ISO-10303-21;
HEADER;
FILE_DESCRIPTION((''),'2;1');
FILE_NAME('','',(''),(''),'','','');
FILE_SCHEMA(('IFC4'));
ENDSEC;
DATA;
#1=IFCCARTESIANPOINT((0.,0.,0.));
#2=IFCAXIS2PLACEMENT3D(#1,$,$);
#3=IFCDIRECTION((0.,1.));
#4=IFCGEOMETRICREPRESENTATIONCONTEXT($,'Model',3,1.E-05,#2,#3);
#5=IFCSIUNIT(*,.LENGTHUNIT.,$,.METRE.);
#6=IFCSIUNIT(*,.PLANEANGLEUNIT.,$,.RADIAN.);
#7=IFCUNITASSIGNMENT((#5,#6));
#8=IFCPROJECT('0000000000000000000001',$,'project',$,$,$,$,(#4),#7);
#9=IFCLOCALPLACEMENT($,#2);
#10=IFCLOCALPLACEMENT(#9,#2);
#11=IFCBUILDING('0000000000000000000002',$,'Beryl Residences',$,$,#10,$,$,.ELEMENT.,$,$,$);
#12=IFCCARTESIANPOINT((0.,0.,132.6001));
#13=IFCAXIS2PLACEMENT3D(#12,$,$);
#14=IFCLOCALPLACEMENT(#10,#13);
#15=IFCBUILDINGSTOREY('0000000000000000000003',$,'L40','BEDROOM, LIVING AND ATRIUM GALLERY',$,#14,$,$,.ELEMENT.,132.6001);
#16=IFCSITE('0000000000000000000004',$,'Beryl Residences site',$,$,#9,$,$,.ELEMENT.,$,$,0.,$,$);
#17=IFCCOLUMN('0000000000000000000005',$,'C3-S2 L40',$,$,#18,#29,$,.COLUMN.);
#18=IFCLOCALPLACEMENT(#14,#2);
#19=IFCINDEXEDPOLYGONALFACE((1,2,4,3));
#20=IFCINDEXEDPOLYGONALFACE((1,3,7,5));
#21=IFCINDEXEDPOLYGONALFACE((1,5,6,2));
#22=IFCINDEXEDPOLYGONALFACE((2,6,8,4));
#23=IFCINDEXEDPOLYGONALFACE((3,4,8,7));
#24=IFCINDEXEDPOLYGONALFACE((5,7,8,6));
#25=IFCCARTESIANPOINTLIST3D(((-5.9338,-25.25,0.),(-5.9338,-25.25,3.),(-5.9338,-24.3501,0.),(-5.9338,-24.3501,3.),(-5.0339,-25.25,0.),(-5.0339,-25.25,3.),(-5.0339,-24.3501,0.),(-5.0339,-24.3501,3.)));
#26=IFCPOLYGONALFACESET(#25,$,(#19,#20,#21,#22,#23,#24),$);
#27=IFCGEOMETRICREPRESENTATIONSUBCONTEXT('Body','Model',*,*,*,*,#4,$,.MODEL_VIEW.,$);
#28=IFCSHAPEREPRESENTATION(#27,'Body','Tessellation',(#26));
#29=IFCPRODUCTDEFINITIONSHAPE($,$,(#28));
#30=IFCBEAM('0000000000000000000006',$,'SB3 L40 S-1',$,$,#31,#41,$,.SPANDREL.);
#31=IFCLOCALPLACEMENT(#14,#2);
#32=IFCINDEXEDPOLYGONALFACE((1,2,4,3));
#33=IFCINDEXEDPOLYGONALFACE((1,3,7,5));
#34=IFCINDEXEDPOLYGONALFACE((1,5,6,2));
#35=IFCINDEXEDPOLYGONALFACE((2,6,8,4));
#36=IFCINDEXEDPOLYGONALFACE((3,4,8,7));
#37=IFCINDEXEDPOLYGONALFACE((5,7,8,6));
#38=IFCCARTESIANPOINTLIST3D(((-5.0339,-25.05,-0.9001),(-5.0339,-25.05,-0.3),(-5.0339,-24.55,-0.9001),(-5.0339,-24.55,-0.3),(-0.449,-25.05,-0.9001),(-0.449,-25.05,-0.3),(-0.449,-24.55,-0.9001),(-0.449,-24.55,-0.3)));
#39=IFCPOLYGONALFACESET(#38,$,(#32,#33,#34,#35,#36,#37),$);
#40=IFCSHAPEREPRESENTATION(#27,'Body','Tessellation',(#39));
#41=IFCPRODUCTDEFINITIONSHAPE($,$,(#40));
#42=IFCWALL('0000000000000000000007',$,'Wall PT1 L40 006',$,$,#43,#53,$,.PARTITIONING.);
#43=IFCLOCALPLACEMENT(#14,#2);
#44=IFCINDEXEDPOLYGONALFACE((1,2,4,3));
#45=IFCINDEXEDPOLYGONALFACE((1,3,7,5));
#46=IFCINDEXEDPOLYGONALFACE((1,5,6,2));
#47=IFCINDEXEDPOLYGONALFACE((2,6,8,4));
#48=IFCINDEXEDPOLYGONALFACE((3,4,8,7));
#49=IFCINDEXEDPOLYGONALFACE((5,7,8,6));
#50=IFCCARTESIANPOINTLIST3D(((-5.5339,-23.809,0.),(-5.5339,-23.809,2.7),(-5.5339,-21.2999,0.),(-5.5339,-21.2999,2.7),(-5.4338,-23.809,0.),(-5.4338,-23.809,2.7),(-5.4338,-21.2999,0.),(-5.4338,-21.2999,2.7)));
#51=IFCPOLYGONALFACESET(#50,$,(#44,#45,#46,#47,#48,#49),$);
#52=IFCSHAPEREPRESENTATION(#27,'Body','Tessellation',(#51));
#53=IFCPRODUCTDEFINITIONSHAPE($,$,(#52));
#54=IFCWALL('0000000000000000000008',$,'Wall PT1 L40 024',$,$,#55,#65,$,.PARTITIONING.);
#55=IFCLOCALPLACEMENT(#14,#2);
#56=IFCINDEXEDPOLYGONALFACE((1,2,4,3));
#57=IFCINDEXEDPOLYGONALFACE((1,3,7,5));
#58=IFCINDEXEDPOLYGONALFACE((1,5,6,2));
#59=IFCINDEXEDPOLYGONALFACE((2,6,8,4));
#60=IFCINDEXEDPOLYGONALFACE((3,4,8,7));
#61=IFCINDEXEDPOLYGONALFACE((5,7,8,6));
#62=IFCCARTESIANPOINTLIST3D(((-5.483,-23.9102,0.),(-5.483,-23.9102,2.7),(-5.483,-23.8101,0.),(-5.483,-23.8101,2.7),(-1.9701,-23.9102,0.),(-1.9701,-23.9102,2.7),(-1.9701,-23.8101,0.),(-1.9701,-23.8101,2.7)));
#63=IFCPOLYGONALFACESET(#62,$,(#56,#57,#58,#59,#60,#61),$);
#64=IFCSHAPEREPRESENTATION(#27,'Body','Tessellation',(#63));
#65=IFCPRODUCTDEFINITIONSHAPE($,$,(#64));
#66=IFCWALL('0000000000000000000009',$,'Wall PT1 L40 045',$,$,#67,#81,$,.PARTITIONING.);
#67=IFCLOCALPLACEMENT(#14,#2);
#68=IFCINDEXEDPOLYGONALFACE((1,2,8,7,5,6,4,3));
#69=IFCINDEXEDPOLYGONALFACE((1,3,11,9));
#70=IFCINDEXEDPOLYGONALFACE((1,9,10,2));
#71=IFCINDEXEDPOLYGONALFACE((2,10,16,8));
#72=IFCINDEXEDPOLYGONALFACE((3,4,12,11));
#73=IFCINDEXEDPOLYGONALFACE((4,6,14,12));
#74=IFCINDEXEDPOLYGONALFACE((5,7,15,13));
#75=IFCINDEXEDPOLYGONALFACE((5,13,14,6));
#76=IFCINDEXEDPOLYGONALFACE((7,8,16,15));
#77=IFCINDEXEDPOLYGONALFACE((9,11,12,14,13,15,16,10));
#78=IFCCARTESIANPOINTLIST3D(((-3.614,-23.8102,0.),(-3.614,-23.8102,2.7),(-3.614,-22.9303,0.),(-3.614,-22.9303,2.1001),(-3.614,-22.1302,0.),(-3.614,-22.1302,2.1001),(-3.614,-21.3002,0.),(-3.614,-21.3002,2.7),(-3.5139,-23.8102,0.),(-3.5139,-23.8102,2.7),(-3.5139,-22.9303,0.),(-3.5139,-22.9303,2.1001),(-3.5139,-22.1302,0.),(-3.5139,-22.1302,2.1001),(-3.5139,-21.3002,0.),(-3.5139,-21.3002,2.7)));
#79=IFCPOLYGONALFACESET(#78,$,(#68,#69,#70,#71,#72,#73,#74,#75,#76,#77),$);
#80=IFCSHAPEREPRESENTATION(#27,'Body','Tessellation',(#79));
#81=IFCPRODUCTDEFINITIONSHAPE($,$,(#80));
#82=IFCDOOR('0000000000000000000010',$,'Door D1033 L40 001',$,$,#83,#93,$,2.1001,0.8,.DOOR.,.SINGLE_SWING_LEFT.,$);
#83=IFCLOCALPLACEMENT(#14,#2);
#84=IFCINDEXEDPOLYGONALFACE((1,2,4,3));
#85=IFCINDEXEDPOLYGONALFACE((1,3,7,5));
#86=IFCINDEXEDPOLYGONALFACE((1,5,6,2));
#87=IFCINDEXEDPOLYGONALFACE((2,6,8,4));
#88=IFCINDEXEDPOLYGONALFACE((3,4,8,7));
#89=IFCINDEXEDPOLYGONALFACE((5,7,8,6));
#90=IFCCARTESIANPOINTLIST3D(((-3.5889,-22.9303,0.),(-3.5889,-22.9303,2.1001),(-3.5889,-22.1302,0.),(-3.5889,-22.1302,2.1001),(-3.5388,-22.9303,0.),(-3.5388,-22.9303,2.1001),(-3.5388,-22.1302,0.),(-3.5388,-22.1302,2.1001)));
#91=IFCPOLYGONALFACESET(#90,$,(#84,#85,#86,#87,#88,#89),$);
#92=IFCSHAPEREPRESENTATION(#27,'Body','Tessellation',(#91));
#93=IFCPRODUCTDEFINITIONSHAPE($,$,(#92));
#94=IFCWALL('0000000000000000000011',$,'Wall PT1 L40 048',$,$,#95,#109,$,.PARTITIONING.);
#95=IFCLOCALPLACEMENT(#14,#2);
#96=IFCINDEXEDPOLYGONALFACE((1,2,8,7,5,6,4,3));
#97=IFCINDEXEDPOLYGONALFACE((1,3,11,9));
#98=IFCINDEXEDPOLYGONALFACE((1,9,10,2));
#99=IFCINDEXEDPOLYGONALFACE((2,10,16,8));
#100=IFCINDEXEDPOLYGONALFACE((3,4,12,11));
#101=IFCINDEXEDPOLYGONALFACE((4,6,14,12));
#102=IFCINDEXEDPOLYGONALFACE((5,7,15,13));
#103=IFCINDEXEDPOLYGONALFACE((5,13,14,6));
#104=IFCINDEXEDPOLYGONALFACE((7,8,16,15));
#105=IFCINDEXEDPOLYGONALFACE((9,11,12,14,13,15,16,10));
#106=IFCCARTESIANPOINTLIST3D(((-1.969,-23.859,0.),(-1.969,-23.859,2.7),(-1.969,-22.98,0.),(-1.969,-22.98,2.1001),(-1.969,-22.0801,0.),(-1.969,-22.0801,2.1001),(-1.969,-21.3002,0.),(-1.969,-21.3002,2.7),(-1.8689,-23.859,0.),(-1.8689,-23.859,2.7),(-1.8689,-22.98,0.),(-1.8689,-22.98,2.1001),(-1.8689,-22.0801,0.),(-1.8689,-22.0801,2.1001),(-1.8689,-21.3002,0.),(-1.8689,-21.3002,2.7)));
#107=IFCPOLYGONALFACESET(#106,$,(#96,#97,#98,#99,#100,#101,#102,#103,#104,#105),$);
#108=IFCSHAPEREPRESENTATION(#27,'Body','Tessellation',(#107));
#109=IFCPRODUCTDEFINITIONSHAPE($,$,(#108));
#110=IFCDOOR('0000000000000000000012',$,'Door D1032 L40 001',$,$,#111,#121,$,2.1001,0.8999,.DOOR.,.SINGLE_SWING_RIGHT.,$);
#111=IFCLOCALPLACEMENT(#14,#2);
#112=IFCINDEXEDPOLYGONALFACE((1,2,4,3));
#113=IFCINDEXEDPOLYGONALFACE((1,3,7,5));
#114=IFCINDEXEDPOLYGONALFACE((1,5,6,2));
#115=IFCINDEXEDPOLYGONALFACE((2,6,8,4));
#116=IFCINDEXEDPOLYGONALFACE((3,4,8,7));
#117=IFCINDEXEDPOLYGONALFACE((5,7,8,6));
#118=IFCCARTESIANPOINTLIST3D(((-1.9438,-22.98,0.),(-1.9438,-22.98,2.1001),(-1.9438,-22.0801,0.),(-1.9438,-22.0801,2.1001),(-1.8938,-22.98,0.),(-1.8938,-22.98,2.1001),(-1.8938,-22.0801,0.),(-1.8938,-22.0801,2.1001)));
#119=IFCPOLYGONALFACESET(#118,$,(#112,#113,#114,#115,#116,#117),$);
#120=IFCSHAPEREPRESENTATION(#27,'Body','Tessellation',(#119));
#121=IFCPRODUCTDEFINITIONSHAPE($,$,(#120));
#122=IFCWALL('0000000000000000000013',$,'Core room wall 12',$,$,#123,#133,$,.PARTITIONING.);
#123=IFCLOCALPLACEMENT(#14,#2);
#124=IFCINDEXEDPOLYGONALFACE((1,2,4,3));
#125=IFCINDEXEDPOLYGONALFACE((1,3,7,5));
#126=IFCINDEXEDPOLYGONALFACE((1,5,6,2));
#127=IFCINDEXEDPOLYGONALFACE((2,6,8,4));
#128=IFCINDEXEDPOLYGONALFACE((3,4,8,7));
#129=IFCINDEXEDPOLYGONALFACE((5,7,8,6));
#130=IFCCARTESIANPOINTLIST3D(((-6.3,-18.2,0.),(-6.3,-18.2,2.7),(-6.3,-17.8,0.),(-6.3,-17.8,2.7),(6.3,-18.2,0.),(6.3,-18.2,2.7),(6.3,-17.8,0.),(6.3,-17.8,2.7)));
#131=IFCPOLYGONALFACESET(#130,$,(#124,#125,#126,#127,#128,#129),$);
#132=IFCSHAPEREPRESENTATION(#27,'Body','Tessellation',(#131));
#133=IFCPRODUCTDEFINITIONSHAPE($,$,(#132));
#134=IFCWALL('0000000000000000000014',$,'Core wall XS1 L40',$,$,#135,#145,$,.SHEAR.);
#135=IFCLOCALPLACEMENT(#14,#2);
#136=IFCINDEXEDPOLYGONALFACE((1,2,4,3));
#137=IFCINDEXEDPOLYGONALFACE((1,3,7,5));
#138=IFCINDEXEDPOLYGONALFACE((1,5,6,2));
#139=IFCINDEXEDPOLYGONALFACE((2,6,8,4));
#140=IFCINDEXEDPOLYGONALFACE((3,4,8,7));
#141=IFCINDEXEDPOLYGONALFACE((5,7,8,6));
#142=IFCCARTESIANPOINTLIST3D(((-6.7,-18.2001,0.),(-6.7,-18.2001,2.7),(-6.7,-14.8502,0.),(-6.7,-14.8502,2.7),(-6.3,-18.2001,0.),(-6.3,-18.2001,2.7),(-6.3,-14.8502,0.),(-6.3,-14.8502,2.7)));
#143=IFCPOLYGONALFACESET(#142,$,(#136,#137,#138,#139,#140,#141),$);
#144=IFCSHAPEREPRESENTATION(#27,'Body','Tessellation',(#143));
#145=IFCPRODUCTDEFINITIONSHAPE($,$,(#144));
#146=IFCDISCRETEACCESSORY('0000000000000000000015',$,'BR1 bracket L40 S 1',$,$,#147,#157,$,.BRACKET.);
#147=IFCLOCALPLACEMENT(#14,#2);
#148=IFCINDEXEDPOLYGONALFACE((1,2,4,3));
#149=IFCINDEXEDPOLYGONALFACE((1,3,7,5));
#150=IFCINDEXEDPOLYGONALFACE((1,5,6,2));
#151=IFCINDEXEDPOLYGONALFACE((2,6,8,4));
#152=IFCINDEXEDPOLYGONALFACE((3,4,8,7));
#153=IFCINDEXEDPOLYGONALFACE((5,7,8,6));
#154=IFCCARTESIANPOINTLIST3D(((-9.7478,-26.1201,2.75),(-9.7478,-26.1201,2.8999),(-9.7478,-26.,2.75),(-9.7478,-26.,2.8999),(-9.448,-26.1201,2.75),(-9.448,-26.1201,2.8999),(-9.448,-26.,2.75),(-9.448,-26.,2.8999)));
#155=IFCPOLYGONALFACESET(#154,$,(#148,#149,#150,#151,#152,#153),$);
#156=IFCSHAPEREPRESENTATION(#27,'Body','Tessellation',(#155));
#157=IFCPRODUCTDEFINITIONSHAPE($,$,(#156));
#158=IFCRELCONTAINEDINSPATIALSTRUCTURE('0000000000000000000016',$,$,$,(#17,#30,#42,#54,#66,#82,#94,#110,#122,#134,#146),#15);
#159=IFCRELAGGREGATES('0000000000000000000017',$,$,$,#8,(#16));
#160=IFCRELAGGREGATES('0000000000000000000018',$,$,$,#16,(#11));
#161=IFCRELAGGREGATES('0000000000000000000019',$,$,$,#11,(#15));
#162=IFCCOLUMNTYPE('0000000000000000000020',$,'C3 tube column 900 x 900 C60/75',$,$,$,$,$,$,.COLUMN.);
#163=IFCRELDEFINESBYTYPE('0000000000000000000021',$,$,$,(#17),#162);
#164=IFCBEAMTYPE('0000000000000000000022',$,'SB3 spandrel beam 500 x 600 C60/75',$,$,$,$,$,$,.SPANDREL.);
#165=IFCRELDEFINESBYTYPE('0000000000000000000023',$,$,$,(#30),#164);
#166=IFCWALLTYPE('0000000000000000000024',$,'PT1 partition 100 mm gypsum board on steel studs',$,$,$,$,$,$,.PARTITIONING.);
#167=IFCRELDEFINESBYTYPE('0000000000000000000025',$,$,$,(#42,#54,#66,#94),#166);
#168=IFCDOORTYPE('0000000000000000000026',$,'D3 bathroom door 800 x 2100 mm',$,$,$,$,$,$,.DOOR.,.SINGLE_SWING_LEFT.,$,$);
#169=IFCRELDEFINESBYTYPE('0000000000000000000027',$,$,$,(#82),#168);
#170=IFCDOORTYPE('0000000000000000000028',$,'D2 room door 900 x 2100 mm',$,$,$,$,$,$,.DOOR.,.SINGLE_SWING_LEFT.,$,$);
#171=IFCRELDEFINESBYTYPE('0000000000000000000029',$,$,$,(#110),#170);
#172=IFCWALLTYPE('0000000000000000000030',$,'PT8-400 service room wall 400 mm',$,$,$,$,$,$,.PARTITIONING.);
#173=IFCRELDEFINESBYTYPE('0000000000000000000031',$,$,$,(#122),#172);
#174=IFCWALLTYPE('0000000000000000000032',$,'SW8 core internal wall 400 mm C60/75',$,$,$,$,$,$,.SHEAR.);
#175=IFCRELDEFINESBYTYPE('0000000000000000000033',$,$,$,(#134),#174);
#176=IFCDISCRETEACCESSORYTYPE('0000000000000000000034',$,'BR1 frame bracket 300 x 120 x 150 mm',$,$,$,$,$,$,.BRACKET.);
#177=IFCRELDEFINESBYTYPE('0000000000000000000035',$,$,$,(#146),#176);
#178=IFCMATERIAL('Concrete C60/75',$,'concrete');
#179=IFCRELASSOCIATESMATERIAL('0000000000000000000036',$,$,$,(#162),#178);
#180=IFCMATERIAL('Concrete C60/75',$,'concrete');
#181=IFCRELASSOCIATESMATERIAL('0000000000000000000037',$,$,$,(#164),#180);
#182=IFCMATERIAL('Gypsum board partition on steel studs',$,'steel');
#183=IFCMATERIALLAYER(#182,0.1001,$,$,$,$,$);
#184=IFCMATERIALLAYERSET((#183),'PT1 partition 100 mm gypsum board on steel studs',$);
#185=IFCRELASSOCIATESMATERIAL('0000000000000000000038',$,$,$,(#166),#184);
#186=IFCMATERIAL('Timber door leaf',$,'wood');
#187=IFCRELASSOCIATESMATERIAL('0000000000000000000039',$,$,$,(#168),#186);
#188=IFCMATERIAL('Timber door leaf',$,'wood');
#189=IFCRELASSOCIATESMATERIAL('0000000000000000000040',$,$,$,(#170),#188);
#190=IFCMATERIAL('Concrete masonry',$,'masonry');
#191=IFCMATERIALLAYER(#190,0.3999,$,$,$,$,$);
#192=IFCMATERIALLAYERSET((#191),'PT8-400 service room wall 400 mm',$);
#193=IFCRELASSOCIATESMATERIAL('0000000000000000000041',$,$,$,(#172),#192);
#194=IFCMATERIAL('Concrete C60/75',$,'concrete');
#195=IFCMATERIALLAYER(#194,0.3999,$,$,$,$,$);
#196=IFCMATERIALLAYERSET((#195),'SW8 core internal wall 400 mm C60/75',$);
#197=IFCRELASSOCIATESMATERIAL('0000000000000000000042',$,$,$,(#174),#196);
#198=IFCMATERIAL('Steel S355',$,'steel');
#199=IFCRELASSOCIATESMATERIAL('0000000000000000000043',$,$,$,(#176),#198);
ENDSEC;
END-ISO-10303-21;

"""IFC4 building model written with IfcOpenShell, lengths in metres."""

from ifc_helpers import new_model, si_unit, direction, frame, frame_2d, origin, origin_2d, place, context, subcontext, project, spatial, polyline, rectangle, outline, extrude, source, transform, mapped, material, layer, layer_set, material_profile, profile_set, type_object, type_shapes, element, fill, save


model = new_model("IFC4")

# Units and contexts
model_context = context("Model", 3, precision=1e-05, world=origin(), true_north=direction((0.0, 1.0)))
body_context = subcontext(model_context, "Body", "Model", "MODEL_VIEW")
ifc_project = project(units=[si_unit("LENGTHUNIT", "METRE"), si_unit("PLANEANGLEUNIT", "RADIAN")], contexts=[model_context])

# Site, building, storey
site_placement = place(None, origin())
site = spatial("IfcSite", under=ifc_project, at=site_placement, Name="Beryl Residences site", CompositionType="ELEMENT", RefElevation=0.0)
building_placement = place(site_placement, origin())
building = spatial("IfcBuilding", under=site, at=building_placement, Name="Beryl Residences", CompositionType="ELEMENT")
storey_placement = place(building_placement, frame((0.0, 0.0, 132.6001)))
storey = spatial("IfcBuildingStorey", under=building, at=storey_placement, Name="L40", Description="BEDROOM, LIVING AND ATRIUM GALLERY", CompositionType="ELEMENT", Elevation=132.6001)

# Column
ifc_material_1 = material(Name="Concrete C60/75", Category="concrete")
ifc_material_profile_1 = material_profile(ifc_material_1, rectangle(XDim=0.8999, YDim=0.8999, at=origin_2d()))
ifc_profile_set_1 = profile_set([ifc_material_profile_1], Name="Concrete C60/75")
column_type = type_object("IfcColumnType", Name="C3 tube column 900 x 900 C60/75", PredefinedType="COLUMN", material=ifc_profile_set_1)
column_placement = place(storey_placement, frame((-5.4839, -24.8, 0.0), z_axis=(0.0, 0.0, 1.0), x_axis=(1.0, 0.0, 0.0)))
element("IfcColumn", 1, at=column_placement, inside=storey, type_object=column_type, Name="C3-S2 L40", PredefinedType="COLUMN", context=body_context, shape_type="SweptSolid", body=[
    extrude(rectangle(XDim=0.8999, YDim=0.8999, at=origin_2d()), origin(), (0.0, 0.0, 1.0), 3.0),
])

# Beam
ifc_material_2 = material(Name="Concrete C60/75", Category="concrete")
ifc_material_profile_2 = material_profile(ifc_material_2, rectangle(XDim=0.5, YDim=0.6001, at=origin_2d()))
ifc_profile_set_2 = profile_set([ifc_material_profile_2], Name="Concrete C60/75")
beam_type = type_object("IfcBeamType", Name="SB3 spandrel beam 500 x 600 C60/75", PredefinedType="SPANDREL", material=ifc_profile_set_2)
beam_placement = place(storey_placement, frame((-5.0339, -24.8, -0.6001), z_axis=(1.0, 0.0, 0.0), x_axis=(0.0, 1.0, 0.0)))
element("IfcBeam", 2, at=beam_placement, inside=storey, type_object=beam_type, Name="SB3 L40 S-1", PredefinedType="SPANDREL", context=body_context, shape_type="SweptSolid", body=[
    extrude(rectangle(XDim=0.5, YDim=0.6001, at=origin_2d()), origin(), (0.0, 0.0, 1.0), 4.585),
])

# Walls
ifc_material_3 = material(Name="Gypsum board partition on steel studs", Category="steel")
ifc_layer_1 = layer(ifc_material_3, 0.1001)
ifc_layer_set_1 = layer_set([ifc_layer_1], Name="PT1 partition 100 mm gypsum board on steel studs")
wall_type_1 = type_object("IfcWallType", Name="PT1 partition 100 mm gypsum board on steel studs", PredefinedType="PARTITIONING", material=ifc_layer_set_1)
wall_1_placement = place(storey_placement, frame((-5.4839, -21.3, 0.0), z_axis=(0.0, 0.0, 1.0), x_axis=(0.0, -1.0, 0.0)))
element("IfcWall", 3, at=wall_1_placement, inside=storey, type_object=wall_type_1, Name="Wall PT1 L40 006", PredefinedType="PARTITIONING", context=body_context, shape_type="SweptSolid", body=[
    extrude(rectangle(XDim=2.509, YDim=0.1001, at=frame_2d((1.2544, 0.0))), origin(), (0.0, 0.0, 1.0), 2.7),
])
wall_2_placement = place(storey_placement, frame((-5.4829, -23.8601, 0.0), z_axis=(0.0, 0.0, 1.0), x_axis=(1.0, 0.0, 0.0)))
element("IfcWall", 4, at=wall_2_placement, inside=storey, type_object=wall_type_1, Name="Wall PT1 L40 024", PredefinedType="PARTITIONING", context=body_context, shape_type="SweptSolid", body=[
    extrude(rectangle(XDim=3.5129, YDim=0.1001, at=frame_2d((1.7563, 0.0))), origin(), (0.0, 0.0, 1.0), 2.7),
])

# Walls, openings, doors
wall_3_placement = place(storey_placement, frame((-3.564, -23.8101, 0.0), z_axis=(0.0, 0.0, 1.0), x_axis=(0.0, 1.0, 0.0)))
wall_3 = element("IfcWall", 5, at=wall_3_placement, inside=storey, type_object=wall_type_1, Name="Wall PT1 L40 045", PredefinedType="PARTITIONING", context=body_context, shape_type="SweptSolid", body=[
    extrude(rectangle(XDim=2.51, YDim=0.1001, at=frame_2d((1.2549, 0.0))), origin(), (0.0, 0.0, 1.0), 2.7),
])
opening_1_placement = place(wall_3_placement, frame((0.8799, 0.0, 0.0)))
opening_1 = element("IfcOpeningElement", 6, at=opening_1_placement, cuts=wall_3, PredefinedType="OPENING", context=body_context, shape_type="SweptSolid", body=[
    extrude(rectangle(XDim=0.8, YDim=2.1001, at=frame_2d((0.3999, 1.05))), frame((0.0, 0.0601, 0.0), z_axis=(0.0, -1.0, 0.0), x_axis=(1.0, 0.0, 0.0)), (0.0, 0.0, 1.0), 0.1201),
])
ifc_material_4 = material(Name="Timber door leaf", Category="wood")
door_type_1 = type_object("IfcDoorType", Name="D3 bathroom door 800 x 2100 mm", OperationType="SINGLE_SWING_LEFT", PredefinedType="DOOR", material=ifc_material_4)
door_1_placement = place(opening_1_placement, origin())
door_1 = element("IfcDoor", 7, at=door_1_placement, inside=storey, type_object=door_type_1, Name="Door D1033 L40 001", OperationType="SINGLE_SWING_LEFT", OverallHeight=2.1001, OverallWidth=0.8, PredefinedType="DOOR", context=body_context, shape_type="SweptSolid", body=[
    extrude(rectangle(XDim=0.8, YDim=2.1001, at=frame_2d((0.3999, 1.05))), frame((0.0, 0.0249, 0.0), z_axis=(0.0, -1.0, 0.0), x_axis=(1.0, 0.0, 0.0)), (0.0, 0.0, 1.0), 0.05),
])
fill(opening_1, door_1)
wall_4_placement = place(storey_placement, frame((-1.9189, -23.8589, 0.0), z_axis=(0.0, 0.0, 1.0), x_axis=(0.0, 1.0, 0.0)))
wall_4 = element("IfcWall", 8, at=wall_4_placement, inside=storey, type_object=wall_type_1, Name="Wall PT1 L40 048", PredefinedType="PARTITIONING", context=body_context, shape_type="SweptSolid", body=[
    extrude(rectangle(XDim=2.5588, YDim=0.1001, at=frame_2d((1.2793, 0.0))), origin(), (0.0, 0.0, 1.0), 2.7),
])
opening_2_placement = place(wall_4_placement, frame((0.8789, 0.0, 0.0)))
opening_2 = element("IfcOpeningElement", 9, at=opening_2_placement, cuts=wall_4, PredefinedType="OPENING", context=body_context, shape_type="SweptSolid", body=[
    extrude(rectangle(XDim=0.8999, YDim=2.1001, at=frame_2d((0.45, 1.05))), frame((0.0, 0.0601, 0.0), z_axis=(0.0, -1.0, 0.0), x_axis=(1.0, 0.0, 0.0)), (0.0, 0.0, 1.0), 0.1201),
])
ifc_material_5 = material(Name="Timber door leaf", Category="wood")
door_type_2 = type_object("IfcDoorType", Name="D2 room door 900 x 2100 mm", OperationType="SINGLE_SWING_LEFT", PredefinedType="DOOR", material=ifc_material_5)
door_2_placement = place(opening_2_placement, origin())
door_2 = element("IfcDoor", 10, at=door_2_placement, inside=storey, type_object=door_type_2, Name="Door D1032 L40 001", OperationType="SINGLE_SWING_RIGHT", OverallHeight=2.1001, OverallWidth=0.8999, PredefinedType="DOOR", context=body_context, shape_type="SweptSolid", body=[
    extrude(rectangle(XDim=0.8999, YDim=2.1001, at=frame_2d((0.45, 1.05))), frame((0.0, 0.0249, 0.0), z_axis=(0.0, -1.0, 0.0), x_axis=(1.0, 0.0, 0.0)), (0.0, 0.0, 1.0), 0.05),
])
fill(opening_2, door_2)

# Walls
ifc_material_6 = material(Name="Concrete masonry", Category="masonry")
ifc_layer_2 = layer(ifc_material_6, 0.3999)
ifc_layer_set_2 = layer_set([ifc_layer_2], Name="PT8-400 service room wall 400 mm")
wall_type_2 = type_object("IfcWallType", Name="PT8-400 service room wall 400 mm", PredefinedType="PARTITIONING", material=ifc_layer_set_2)
wall_5_placement = place(storey_placement, frame((-6.3, -18.0, 0.0), z_axis=(0.0, 0.0, 1.0), x_axis=(1.0, 0.0, 0.0)))
element("IfcWall", 11, at=wall_5_placement, inside=storey, type_object=wall_type_2, Name="Core room wall 12", PredefinedType="PARTITIONING", context=body_context, shape_type="SweptSolid", body=[
    extrude(rectangle(XDim=12.6001, YDim=0.3999, at=frame_2d((6.3, 0.0))), origin(), (0.0, 0.0, 1.0), 2.7),
])
ifc_material_7 = material(Name="Concrete C60/75", Category="concrete")
ifc_layer_3 = layer(ifc_material_7, 0.3999)
ifc_layer_set_3 = layer_set([ifc_layer_3], Name="SW8 core internal wall 400 mm C60/75")
wall_type_3 = type_object("IfcWallType", Name="SW8 core internal wall 400 mm C60/75", PredefinedType="SHEAR", material=ifc_layer_set_3)
wall_6_placement = place(storey_placement, frame((-6.5, -18.2, 0.0), z_axis=(0.0, 0.0, 1.0), x_axis=(0.0, 1.0, 0.0)))
element("IfcWall", 12, at=wall_6_placement, inside=storey, type_object=wall_type_3, Name="Core wall XS1 L40", PredefinedType="SHEAR", context=body_context, shape_type="SweptSolid", body=[
    extrude(rectangle(XDim=3.3499, YDim=0.3999, at=frame_2d((1.6748, 0.0))), origin(), (0.0, 0.0, 1.0), 2.7),
])

# Discrete accessory
ifc_material_8 = material(Name="Steel S355", Category="steel")
discrete_accessory_type = type_object("IfcDiscreteAccessoryType", Name="BR1 frame bracket 300 x 120 x 150 mm", PredefinedType="BRACKET", material=ifc_material_8)
shared_shape_1 = source(origin(), body_context, "Body", "SweptSolid", [
    extrude(outline(polyline([(-0.1499, 0.0), (0.1499, 0.0), (0.1499, 0.1201), (-0.1499, 0.1201), (-0.1499, 0.0)])), origin(), (0.0, 0.0, 1.0), 0.1499),
])
type_shapes(discrete_accessory_type, [shared_shape_1])
discrete_accessory_placement = place(storey_placement, frame((-9.5979, -26.0, 2.75), z_axis=(0.0, 0.0, 1.0), x_axis=(-1.0, 0.0, 0.0)))
element("IfcDiscreteAccessory", 13, at=discrete_accessory_placement, inside=storey, type_object=discrete_accessory_type, Name="BR1 bracket L40 S 1", PredefinedType="BRACKET", context=body_context, shape_type="MappedRepresentation", body=[
    mapped(shared_shape_1, transform((0.0, 0.0, 0.0))),
])

save(model, "model.ifc")
